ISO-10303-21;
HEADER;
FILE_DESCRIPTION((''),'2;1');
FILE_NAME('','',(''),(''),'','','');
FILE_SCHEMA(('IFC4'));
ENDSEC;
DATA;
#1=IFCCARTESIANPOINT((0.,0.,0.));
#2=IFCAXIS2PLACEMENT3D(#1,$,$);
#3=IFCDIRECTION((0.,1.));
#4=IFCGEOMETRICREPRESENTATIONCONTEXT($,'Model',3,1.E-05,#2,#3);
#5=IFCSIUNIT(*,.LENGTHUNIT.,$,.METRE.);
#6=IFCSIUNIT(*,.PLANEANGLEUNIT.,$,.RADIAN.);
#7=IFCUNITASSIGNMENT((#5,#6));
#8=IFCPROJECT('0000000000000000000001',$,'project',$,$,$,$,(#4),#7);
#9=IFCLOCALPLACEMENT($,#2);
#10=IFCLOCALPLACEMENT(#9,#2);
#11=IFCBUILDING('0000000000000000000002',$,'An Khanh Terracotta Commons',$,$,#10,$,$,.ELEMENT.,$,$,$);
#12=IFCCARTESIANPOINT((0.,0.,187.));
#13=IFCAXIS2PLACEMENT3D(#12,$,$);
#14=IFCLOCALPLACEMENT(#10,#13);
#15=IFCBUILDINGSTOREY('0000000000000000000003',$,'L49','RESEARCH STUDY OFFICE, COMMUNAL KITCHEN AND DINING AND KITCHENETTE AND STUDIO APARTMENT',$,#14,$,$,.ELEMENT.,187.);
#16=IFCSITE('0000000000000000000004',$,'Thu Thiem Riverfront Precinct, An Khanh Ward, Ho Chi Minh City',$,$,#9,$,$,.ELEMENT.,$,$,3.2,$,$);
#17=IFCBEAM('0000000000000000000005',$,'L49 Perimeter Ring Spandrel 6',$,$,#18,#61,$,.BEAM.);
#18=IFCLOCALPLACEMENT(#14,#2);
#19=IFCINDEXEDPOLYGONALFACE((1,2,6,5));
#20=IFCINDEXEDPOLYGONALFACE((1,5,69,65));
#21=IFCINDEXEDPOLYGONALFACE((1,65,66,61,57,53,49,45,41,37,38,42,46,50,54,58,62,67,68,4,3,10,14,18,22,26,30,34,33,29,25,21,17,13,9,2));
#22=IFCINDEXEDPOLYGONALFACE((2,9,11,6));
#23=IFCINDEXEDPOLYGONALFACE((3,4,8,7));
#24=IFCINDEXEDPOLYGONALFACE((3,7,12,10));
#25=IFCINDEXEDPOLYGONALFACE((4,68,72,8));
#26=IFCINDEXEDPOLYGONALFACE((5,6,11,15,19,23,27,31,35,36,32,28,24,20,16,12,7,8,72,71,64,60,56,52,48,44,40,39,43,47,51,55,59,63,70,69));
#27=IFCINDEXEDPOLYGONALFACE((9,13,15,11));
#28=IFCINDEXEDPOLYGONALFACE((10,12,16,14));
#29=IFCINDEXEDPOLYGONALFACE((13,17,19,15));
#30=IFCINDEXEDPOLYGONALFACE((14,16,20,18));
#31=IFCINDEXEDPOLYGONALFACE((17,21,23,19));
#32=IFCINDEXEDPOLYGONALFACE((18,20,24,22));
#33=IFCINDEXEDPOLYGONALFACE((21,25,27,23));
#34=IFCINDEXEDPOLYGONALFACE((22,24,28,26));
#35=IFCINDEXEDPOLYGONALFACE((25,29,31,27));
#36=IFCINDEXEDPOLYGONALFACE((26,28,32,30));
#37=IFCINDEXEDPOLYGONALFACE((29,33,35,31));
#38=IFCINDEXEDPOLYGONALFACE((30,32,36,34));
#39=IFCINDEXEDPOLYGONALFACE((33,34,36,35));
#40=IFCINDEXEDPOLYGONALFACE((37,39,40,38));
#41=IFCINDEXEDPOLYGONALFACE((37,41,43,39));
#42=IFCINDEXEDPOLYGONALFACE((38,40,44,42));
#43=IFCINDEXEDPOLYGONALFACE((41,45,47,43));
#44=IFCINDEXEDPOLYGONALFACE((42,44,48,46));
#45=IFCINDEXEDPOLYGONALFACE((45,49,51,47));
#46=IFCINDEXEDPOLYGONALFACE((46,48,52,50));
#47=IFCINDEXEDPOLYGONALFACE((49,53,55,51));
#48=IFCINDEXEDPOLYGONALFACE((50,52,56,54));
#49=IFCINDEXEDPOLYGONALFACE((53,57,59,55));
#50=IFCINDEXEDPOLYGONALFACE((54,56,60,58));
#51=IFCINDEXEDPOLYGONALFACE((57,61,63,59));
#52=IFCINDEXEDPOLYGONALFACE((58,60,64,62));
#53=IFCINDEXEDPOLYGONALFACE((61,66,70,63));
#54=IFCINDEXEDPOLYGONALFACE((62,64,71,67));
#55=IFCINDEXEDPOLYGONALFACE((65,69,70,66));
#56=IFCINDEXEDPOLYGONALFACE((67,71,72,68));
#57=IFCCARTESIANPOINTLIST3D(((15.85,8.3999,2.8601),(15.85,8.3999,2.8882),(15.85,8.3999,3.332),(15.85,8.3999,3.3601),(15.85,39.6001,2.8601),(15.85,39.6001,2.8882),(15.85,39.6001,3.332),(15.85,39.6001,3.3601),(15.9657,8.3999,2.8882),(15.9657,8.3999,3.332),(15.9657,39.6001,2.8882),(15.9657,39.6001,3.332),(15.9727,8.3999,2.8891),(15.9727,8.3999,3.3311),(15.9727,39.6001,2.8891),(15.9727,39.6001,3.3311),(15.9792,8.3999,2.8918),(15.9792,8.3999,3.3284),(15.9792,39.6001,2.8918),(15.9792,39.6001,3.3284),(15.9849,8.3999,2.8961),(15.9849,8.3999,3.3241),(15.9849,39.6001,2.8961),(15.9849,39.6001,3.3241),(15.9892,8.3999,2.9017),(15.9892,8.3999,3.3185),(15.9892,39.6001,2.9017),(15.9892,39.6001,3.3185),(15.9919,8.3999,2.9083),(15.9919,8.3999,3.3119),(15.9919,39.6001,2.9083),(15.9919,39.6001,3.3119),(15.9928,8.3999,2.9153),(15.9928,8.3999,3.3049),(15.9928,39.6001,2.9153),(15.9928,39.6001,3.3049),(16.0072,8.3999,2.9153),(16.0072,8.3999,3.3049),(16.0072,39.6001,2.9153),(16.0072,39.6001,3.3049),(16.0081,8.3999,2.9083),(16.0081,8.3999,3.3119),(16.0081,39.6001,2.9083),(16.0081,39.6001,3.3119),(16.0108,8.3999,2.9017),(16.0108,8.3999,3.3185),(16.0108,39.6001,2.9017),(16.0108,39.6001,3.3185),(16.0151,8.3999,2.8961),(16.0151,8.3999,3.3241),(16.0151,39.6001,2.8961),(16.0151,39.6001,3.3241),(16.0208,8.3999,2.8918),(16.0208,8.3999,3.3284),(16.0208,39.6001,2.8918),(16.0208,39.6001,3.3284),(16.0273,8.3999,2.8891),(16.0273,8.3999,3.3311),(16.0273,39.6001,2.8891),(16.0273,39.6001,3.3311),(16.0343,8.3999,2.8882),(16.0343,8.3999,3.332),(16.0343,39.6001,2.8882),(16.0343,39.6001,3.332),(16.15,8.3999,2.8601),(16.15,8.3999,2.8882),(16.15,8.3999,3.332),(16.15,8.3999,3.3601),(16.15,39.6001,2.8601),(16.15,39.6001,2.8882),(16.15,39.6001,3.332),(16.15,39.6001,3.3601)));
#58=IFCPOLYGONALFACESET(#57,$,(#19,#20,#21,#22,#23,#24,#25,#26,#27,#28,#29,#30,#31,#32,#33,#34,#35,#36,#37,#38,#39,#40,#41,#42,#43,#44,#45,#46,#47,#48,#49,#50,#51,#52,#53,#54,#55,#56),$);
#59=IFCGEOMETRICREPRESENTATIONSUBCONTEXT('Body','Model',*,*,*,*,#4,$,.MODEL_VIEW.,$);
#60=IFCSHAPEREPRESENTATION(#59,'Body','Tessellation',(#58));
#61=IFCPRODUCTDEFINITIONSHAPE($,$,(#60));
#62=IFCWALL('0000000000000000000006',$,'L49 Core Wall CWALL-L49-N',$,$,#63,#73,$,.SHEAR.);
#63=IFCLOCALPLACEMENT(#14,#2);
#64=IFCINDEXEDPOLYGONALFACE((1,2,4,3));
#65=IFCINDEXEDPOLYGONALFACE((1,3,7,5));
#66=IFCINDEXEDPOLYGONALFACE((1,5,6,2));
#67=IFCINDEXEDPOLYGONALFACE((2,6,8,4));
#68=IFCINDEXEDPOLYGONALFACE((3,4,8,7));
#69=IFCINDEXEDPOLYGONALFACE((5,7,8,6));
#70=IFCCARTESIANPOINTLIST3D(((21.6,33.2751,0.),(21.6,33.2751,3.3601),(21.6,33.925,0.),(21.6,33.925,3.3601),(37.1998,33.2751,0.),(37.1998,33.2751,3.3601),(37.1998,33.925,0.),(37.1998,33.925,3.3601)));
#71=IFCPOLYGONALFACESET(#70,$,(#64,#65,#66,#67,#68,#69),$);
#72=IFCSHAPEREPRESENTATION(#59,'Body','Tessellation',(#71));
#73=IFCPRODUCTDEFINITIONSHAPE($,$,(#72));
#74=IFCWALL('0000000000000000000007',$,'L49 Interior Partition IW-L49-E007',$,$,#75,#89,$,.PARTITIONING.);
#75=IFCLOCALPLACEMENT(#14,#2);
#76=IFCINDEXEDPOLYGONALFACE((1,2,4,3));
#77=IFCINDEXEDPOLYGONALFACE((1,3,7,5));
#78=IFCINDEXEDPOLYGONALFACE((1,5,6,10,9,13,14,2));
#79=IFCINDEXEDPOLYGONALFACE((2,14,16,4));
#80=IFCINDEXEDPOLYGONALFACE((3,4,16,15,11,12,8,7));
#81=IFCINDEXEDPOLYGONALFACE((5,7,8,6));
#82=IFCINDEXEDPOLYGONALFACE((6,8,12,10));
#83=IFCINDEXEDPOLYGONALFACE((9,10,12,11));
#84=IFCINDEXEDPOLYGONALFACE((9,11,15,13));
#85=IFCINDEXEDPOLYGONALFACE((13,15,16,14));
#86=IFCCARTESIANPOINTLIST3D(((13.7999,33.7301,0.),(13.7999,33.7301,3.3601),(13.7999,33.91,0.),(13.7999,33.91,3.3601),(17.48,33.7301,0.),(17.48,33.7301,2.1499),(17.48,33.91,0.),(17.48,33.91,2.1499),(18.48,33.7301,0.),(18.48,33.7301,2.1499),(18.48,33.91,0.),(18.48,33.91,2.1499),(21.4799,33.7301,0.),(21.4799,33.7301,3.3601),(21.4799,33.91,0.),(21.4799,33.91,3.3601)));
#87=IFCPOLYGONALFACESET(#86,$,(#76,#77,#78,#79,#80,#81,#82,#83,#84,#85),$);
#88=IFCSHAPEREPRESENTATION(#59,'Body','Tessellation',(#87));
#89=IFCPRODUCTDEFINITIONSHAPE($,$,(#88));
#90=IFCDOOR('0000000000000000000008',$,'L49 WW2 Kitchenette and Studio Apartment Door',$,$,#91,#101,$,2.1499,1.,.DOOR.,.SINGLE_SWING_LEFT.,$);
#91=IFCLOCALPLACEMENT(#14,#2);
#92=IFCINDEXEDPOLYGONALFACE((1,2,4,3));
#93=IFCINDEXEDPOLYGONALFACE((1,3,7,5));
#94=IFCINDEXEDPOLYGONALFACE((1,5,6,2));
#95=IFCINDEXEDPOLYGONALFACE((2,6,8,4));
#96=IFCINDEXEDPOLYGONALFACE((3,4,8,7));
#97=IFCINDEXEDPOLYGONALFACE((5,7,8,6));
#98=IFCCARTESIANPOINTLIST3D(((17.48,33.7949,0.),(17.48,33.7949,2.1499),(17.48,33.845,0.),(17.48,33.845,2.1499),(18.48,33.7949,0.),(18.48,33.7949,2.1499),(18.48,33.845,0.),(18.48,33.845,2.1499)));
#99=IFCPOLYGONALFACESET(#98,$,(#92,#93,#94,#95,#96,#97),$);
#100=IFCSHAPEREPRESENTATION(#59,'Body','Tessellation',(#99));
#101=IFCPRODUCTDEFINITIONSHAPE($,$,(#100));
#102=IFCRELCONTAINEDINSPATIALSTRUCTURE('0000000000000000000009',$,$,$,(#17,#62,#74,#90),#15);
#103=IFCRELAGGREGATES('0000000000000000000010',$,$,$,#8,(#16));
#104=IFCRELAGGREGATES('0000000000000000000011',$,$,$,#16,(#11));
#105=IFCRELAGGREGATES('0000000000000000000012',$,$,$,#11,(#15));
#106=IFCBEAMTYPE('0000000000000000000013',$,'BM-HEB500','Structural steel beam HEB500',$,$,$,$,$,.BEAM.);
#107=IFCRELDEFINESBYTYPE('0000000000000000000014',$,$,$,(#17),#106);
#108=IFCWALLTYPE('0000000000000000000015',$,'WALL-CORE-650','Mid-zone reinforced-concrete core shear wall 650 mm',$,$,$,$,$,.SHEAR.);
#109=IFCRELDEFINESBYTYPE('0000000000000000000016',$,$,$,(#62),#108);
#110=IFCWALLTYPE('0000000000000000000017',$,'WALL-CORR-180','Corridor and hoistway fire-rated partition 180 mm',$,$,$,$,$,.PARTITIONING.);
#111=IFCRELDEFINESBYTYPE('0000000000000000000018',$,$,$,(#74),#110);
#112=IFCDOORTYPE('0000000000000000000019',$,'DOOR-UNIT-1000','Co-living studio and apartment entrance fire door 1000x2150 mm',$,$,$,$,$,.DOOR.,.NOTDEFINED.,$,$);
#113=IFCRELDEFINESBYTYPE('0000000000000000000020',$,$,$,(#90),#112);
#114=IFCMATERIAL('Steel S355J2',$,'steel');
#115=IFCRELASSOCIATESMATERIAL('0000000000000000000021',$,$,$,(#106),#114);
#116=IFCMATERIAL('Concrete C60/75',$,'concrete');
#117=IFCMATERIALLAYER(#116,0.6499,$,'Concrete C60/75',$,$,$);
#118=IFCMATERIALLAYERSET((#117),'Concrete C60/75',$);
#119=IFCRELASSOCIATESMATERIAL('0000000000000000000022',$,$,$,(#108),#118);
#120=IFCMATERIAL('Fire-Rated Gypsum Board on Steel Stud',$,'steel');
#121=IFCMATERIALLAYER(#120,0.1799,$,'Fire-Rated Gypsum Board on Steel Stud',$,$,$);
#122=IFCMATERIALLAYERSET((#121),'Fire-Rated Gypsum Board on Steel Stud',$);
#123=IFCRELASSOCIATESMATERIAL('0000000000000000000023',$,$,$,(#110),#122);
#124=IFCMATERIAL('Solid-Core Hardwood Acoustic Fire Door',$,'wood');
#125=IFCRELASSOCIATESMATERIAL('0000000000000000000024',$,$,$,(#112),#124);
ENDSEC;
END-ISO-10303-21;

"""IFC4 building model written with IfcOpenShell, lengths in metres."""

from ifc_helpers import new_model, si_unit, direction, frame, frame_2d, origin, origin_2d, place, context, subcontext, project, spatial, rectangle, i_section, extrude, material, layer, layer_set, material_profile, profile_set, type_object, element, fill, save


model = new_model("IFC4")

# Units and contexts
model_context = context("Model", 3, precision=1e-05, world=origin(), true_north=direction((0.0, 1.0)))
body_context = subcontext(model_context, "Body", "Model", "MODEL_VIEW")
ifc_project = project(units=[si_unit("LENGTHUNIT", "METRE"), si_unit("PLANEANGLEUNIT", "RADIAN")], contexts=[model_context])

# Site, building, storey
site_placement = place(None, origin())
site = spatial("IfcSite", under=ifc_project, at=site_placement, Name="Thu Thiem Riverfront Precinct, An Khanh Ward, Ho Chi Minh City", CompositionType="ELEMENT", RefElevation=3.2)
building_placement = place(site_placement, origin())
building = spatial("IfcBuilding", under=site, at=building_placement, Name="An Khanh Terracotta Commons", CompositionType="ELEMENT")
storey_placement = place(building_placement, frame((0.0, 0.0, 187.0)))
storey = spatial("IfcBuildingStorey", under=building, at=storey_placement, Name="L49", Description="RESEARCH STUDY OFFICE, COMMUNAL KITCHEN AND DINING AND KITCHENETTE AND STUDIO APARTMENT", CompositionType="ELEMENT", Elevation=187.0)

# Shared definitions
ifc_material_1 = material(Name="Concrete C60/75", Category="concrete")

# Beam
ifc_material_2 = material(Name="Steel S355J2", Category="steel")
ifc_material_profile_1 = material_profile(ifc_material_2, i_section(OverallWidth=0.3, OverallDepth=0.5, WebThickness=0.0144, FlangeThickness=0.0281, FilletRadius=0.0271, at=origin_2d()), Name="HEB500")
ifc_profile_set_1 = profile_set([ifc_material_profile_1], Name="Steel S355J2")
beam_type_1 = type_object("IfcBeamType", Name="BM-HEB500", Description="Structural steel beam HEB500", PredefinedType="BEAM", material=ifc_profile_set_1)
beam_1_placement = place(storey_placement, frame((16.0, 39.6001, 3.1101), z_axis=(0.0, -1.0, 0.0), x_axis=(1.0, 0.0, 0.0)))
element("IfcBeam", 1, at=beam_1_placement, inside=storey, type_object=beam_type_1, Name="L49 Perimeter Ring Spandrel 6", PredefinedType="BEAM", context=body_context, shape_type="SweptSolid", body=[
    extrude(i_section(OverallWidth=0.3, OverallDepth=0.5, WebThickness=0.0144, FlangeThickness=0.0281, FilletRadius=0.0271, at=origin_2d()), origin(), (0.0, 0.0, 1.0), 31.2002),
])

# Wall
ifc_layer_1 = layer(ifc_material_1, 0.6499, Name="Concrete C60/75")
ifc_layer_set_1 = layer_set([ifc_layer_1], Name="Concrete C60/75")
wall_type_1 = type_object("IfcWallType", Name="WALL-CORE-650", Description="Mid-zone reinforced-concrete core shear wall 650 mm", PredefinedType="SHEAR", material=ifc_layer_set_1)
wall_1_placement = place(storey_placement, frame((21.6001, 33.6001, 0.0), z_axis=(0.0, 0.0, 1.0), x_axis=(1.0, 0.0, 0.0)))
element("IfcWall", 2, at=wall_1_placement, inside=storey, type_object=wall_type_1, Name="L49 Core Wall CWALL-L49-N", PredefinedType="SHEAR", context=body_context, shape_type="SweptSolid", body=[
    extrude(rectangle(XDim=15.5999, YDim=0.6499, at=frame_2d((7.7998, 0.0))), origin(), (0.0, 0.0, 1.0), 3.3601),
])

# Wall, opening, door
ifc_material_3 = material(Name="Fire-Rated Gypsum Board on Steel Stud", Category="steel")
ifc_layer_2 = layer(ifc_material_3, 0.1799, Name="Fire-Rated Gypsum Board on Steel Stud")
ifc_layer_set_2 = layer_set([ifc_layer_2], Name="Fire-Rated Gypsum Board on Steel Stud")
wall_type_2 = type_object("IfcWallType", Name="WALL-CORR-180", Description="Corridor and hoistway fire-rated partition 180 mm", PredefinedType="PARTITIONING", material=ifc_layer_set_2)
wall_2_placement = place(storey_placement, frame((13.8, 33.8201, 0.0), z_axis=(0.0, 0.0, 1.0), x_axis=(1.0, 0.0, 0.0)))
wall_2 = element("IfcWall", 3, at=wall_2_placement, inside=storey, type_object=wall_type_2, Name="L49 Interior Partition IW-L49-E007", PredefinedType="PARTITIONING", context=body_context, shape_type="SweptSolid", body=[
    extrude(rectangle(XDim=7.6799, YDim=0.1799, at=frame_2d((3.8398, 0.0))), origin(), (0.0, 0.0, 1.0), 3.3601),
])
opening_1_placement = place(wall_2_placement, frame((3.6799, 0.0, 0.0)))
opening_1 = element("IfcOpeningElement", 4, at=opening_1_placement, cuts=wall_2, PredefinedType="OPENING", context=body_context, shape_type="SweptSolid", body=[
    extrude(rectangle(XDim=1.0, YDim=2.1499, at=frame_2d((0.5, 1.075))), frame((0.0, 0.0999, 0.0), z_axis=(0.0, -1.0, 0.0), x_axis=(1.0, 0.0, 0.0)), (0.0, 0.0, 1.0), 0.2),
])
ifc_material_4 = material(Name="Solid-Core Hardwood Acoustic Fire Door", Category="wood")
door_type_1 = type_object("IfcDoorType", Name="DOOR-UNIT-1000", Description="Co-living studio and apartment entrance fire door 1000x2150 mm", OperationType="NOTDEFINED", PredefinedType="DOOR", material=ifc_material_4)
door_1_placement = place(opening_1_placement, origin())
door_1 = element("IfcDoor", 5, at=door_1_placement, inside=storey, type_object=door_type_1, Name="L49 WW2 Kitchenette and Studio Apartment Door", OperationType="SINGLE_SWING_LEFT", OverallHeight=2.1499, OverallWidth=1.0, PredefinedType="DOOR", context=body_context, shape_type="SweptSolid", body=[
    extrude(rectangle(XDim=1.0, YDim=2.1499, at=frame_2d((0.5, 1.075))), frame((0.0, 0.0249, 0.0), z_axis=(0.0, -1.0, 0.0), x_axis=(1.0, 0.0, 0.0)), (0.0, 0.0, 1.0), 0.05),
])
fill(opening_1, door_1)

save(model, "model.ifc")
